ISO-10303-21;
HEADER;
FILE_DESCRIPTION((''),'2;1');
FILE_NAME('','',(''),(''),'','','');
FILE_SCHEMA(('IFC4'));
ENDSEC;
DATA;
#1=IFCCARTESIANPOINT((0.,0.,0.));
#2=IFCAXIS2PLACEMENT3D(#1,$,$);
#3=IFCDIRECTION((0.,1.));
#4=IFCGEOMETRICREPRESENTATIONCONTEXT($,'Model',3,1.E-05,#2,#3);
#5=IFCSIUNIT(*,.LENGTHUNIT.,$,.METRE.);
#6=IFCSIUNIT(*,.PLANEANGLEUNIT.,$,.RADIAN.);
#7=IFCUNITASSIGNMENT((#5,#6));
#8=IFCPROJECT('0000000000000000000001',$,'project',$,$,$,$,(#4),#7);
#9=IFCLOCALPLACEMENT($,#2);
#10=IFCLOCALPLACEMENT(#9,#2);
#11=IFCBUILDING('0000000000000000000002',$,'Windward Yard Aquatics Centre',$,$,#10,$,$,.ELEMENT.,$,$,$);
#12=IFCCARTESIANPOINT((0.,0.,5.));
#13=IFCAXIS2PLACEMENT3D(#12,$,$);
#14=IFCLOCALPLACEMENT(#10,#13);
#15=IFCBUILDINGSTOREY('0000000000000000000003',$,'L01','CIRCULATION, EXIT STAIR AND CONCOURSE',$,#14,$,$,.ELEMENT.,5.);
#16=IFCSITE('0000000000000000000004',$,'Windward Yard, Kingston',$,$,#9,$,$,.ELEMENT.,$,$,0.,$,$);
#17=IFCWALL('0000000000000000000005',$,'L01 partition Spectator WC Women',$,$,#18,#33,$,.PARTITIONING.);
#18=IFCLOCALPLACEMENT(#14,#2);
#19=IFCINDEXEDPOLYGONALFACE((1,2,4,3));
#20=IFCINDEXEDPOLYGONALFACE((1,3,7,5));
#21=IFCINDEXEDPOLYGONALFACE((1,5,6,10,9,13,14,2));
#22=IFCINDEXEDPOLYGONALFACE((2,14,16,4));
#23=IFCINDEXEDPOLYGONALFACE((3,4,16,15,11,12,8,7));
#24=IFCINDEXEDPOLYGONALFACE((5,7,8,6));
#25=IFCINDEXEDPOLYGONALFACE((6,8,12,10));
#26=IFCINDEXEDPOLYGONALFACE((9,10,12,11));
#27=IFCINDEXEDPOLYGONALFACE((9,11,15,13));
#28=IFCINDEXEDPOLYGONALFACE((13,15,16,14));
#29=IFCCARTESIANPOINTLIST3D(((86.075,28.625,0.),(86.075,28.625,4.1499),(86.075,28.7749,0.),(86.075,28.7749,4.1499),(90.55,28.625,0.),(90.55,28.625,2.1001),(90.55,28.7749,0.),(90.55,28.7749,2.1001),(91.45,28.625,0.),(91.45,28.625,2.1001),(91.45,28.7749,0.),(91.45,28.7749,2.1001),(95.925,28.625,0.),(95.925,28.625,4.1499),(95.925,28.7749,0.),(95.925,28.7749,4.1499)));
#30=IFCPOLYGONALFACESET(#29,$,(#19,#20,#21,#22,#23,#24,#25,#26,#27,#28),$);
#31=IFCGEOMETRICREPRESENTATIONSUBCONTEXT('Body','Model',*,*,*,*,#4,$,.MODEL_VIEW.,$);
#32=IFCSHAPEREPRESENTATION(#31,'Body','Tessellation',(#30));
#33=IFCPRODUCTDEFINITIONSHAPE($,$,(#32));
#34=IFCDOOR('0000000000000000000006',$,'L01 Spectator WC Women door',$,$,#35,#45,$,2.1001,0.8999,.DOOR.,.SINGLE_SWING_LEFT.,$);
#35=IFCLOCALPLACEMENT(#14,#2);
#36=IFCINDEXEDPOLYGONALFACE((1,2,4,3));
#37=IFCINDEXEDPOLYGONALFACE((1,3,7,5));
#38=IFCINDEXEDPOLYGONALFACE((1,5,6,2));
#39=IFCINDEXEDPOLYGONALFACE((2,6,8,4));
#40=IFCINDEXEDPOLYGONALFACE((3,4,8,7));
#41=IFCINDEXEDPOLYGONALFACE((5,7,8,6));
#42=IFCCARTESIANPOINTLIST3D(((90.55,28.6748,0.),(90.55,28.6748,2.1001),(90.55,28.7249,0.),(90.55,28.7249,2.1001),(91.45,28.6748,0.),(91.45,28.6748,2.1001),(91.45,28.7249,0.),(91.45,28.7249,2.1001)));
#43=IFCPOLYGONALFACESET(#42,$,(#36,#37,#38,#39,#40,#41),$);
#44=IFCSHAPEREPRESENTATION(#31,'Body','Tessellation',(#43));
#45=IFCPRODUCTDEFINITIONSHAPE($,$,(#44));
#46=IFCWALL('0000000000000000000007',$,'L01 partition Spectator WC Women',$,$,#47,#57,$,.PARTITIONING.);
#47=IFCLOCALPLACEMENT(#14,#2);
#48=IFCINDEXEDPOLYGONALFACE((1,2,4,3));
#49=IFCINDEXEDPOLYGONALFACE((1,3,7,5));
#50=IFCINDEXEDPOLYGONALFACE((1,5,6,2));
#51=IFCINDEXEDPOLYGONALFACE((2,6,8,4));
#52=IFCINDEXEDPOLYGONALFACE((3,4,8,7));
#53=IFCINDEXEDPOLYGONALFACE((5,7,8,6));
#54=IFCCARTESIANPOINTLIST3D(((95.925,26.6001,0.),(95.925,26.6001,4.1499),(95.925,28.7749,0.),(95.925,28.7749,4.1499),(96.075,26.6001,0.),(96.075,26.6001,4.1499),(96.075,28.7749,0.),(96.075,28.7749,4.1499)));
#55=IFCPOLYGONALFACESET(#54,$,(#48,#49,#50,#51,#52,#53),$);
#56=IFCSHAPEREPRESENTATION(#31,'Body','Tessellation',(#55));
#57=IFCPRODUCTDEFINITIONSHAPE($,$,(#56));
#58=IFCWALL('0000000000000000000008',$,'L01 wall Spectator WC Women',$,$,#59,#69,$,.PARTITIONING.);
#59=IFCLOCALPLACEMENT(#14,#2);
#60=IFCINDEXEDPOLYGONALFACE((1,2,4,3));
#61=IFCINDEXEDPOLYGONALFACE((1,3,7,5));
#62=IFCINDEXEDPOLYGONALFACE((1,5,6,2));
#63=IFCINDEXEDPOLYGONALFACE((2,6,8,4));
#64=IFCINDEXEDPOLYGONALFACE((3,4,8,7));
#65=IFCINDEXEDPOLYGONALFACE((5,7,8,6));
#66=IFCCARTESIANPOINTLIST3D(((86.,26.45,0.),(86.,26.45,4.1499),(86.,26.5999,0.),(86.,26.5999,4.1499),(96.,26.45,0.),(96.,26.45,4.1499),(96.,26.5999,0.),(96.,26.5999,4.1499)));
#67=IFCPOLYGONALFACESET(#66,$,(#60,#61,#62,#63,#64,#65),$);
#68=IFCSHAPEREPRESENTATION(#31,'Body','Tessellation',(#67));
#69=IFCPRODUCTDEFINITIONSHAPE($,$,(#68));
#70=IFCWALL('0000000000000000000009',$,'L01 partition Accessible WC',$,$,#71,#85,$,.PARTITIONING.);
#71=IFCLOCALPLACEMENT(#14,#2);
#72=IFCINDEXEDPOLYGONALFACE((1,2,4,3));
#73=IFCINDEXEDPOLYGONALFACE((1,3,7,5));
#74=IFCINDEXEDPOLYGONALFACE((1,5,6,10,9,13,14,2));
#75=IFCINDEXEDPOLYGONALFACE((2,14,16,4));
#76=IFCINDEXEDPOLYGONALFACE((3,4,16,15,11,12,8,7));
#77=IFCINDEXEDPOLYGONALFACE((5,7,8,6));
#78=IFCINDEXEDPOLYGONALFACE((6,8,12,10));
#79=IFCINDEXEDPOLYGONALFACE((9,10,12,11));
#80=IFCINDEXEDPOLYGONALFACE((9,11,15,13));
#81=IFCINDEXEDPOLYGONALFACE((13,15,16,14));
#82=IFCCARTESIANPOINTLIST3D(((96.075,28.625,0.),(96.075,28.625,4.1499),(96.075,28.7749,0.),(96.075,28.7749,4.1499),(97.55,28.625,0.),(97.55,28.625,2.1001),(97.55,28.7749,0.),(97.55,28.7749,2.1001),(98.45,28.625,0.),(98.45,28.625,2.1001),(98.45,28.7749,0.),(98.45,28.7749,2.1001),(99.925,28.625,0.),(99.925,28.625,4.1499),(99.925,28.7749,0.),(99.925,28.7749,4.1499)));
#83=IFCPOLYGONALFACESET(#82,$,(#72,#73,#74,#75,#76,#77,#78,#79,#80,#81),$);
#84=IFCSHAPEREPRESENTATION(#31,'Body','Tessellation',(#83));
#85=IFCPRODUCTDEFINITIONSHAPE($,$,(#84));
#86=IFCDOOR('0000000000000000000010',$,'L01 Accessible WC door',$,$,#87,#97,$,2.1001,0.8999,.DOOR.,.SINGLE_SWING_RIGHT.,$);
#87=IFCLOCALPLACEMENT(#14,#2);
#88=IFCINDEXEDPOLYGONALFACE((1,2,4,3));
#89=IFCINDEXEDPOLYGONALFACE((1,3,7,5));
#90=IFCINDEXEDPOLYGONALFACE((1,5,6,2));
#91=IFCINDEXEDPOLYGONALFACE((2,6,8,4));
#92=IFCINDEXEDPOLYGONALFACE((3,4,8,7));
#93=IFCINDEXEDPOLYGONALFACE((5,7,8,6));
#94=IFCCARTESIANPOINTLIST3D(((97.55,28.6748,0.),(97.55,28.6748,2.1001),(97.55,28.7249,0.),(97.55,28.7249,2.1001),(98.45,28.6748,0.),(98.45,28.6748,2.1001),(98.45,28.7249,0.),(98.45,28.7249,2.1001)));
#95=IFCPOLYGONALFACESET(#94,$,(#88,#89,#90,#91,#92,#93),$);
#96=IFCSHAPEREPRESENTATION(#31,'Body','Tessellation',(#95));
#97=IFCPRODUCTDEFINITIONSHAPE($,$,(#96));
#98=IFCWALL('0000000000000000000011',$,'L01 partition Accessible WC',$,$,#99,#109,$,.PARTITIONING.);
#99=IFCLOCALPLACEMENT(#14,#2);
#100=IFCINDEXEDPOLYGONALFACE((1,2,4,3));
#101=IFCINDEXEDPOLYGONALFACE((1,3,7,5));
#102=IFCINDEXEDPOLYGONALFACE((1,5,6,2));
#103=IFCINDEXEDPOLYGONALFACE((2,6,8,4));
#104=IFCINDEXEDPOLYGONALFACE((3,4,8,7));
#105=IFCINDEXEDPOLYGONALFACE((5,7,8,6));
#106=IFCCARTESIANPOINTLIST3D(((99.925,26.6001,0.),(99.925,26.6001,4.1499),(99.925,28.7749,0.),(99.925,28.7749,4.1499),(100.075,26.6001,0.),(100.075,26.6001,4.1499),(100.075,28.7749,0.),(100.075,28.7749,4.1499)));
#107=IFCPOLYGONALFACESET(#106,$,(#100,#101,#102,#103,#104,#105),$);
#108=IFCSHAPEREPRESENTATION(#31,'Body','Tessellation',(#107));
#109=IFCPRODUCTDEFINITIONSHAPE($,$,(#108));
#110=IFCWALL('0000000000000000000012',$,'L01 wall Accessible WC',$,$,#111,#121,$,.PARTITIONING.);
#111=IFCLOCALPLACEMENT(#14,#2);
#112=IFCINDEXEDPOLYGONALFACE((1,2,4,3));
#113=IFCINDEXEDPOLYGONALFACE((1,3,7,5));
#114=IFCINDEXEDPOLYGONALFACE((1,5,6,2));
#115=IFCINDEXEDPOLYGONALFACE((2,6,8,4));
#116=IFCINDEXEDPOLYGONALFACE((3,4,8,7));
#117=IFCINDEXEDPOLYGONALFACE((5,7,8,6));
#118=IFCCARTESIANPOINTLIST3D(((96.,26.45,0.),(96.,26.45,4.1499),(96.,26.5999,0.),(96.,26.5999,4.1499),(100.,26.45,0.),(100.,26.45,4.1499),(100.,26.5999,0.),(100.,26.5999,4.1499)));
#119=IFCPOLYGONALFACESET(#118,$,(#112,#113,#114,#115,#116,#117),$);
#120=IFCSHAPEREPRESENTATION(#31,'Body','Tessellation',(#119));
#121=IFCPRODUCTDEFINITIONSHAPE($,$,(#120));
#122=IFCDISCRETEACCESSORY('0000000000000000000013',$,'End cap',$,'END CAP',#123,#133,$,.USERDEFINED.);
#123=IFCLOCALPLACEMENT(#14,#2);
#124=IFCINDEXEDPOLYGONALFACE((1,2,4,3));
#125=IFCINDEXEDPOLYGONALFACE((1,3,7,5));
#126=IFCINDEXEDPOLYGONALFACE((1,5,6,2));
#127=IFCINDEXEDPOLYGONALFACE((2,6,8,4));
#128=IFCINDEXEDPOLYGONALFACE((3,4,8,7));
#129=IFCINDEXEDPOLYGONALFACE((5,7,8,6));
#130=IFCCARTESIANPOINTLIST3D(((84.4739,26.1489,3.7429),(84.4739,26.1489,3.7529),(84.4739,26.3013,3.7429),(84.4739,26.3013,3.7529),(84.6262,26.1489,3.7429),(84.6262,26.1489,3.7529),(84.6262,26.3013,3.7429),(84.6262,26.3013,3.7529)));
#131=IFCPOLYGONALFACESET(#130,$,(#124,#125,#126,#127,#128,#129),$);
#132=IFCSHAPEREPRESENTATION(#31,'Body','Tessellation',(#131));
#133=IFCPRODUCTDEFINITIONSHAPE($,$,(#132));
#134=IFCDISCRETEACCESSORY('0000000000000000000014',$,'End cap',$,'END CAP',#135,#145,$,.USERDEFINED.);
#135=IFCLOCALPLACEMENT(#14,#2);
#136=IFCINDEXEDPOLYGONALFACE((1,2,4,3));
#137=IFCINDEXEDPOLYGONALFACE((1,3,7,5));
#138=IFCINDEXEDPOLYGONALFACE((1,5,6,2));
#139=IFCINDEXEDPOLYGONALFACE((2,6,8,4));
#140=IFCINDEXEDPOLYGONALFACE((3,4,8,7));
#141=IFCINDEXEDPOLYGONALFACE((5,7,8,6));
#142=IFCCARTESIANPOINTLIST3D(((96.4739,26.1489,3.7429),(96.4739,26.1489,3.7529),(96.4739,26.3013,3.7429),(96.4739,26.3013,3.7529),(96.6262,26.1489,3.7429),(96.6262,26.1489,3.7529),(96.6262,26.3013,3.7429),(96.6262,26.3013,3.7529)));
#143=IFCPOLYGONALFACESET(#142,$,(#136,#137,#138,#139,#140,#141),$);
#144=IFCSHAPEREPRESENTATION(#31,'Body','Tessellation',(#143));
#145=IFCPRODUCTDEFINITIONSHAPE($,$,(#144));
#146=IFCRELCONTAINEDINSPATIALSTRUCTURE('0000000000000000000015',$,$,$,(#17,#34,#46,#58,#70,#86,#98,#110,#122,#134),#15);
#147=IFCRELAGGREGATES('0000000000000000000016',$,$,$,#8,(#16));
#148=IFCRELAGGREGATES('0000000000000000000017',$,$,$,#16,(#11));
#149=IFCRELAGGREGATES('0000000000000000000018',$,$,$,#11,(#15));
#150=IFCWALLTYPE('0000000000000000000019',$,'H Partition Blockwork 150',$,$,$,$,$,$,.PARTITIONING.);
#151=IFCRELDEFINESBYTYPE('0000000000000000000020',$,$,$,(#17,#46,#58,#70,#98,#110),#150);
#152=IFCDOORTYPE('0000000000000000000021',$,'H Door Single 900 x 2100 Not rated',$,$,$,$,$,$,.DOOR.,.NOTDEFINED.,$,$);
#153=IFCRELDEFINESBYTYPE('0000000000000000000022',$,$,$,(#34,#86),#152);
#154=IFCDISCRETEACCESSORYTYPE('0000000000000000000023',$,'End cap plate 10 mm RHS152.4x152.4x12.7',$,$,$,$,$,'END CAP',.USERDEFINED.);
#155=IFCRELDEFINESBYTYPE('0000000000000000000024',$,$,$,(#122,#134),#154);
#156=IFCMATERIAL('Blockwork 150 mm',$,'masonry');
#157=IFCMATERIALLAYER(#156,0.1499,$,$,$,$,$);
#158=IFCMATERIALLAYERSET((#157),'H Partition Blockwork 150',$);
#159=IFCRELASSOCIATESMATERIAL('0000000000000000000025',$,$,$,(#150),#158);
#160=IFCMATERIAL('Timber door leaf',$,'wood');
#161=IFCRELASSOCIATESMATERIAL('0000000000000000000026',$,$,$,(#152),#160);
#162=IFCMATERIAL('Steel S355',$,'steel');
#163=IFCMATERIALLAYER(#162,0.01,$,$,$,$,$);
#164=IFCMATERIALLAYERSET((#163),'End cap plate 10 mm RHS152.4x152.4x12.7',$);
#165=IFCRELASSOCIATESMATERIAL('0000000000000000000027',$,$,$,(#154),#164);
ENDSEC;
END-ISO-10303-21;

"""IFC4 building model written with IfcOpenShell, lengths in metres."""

from ifc_helpers import new_model, si_unit, direction, frame, frame_2d, origin, origin_2d, place, context, subcontext, project, spatial, rectangle, extrude, material, layer, layer_set, type_object, element, fill, save


model = new_model("IFC4")

# Units and contexts
model_context = context("Model", 3, precision=1e-05, world=origin(), true_north=direction((0.0, 1.0)))
body_context = subcontext(model_context, "Body", "Model", "MODEL_VIEW")
ifc_project = project(units=[si_unit("LENGTHUNIT", "METRE"), si_unit("PLANEANGLEUNIT", "RADIAN")], contexts=[model_context])

# Site, building, storey
site_placement = place(None, origin())
site = spatial("IfcSite", under=ifc_project, at=site_placement, Name="Windward Yard, Kingston", CompositionType="ELEMENT", RefElevation=0.0)
building_placement = place(site_placement, origin())
building = spatial("IfcBuilding", under=site, at=building_placement, Name="Windward Yard Aquatics Centre", CompositionType="ELEMENT")
storey_placement = place(building_placement, frame((0.0, 0.0, 5.0)))
storey = spatial("IfcBuildingStorey", under=building, at=storey_placement, Name="L01", Description="CIRCULATION, EXIT STAIR AND CONCOURSE", CompositionType="ELEMENT", Elevation=5.0)

# Shared definitions
ifc_material_1 = material(Name="Blockwork 150 mm", Category="masonry")
ifc_layer_1 = layer(ifc_material_1, 0.1499)
ifc_layer_set_1 = layer_set([ifc_layer_1], Name="H Partition Blockwork 150")
wall_type = type_object("IfcWallType", Name="H Partition Blockwork 150", PredefinedType="PARTITIONING", material=ifc_layer_set_1)
ifc_material_2 = material(Name="Timber door leaf", Category="wood")
door_type = type_object("IfcDoorType", Name="H Door Single 900 x 2100 Not rated", OperationType="NOTDEFINED", PredefinedType="DOOR", material=ifc_material_2)

# Wall, opening, door
wall_1_placement = place(storey_placement, frame((86.075, 28.7, 0.0), z_axis=(0.0, 0.0, 1.0), x_axis=(1.0, 0.0, 0.0)))
wall_1 = element("IfcWall", 1, at=wall_1_placement, inside=storey, type_object=wall_type, Name="L01 partition Spectator WC Women", PredefinedType="PARTITIONING", context=body_context, shape_type="SweptSolid", body=[
    extrude(rectangle(XDim=9.8501, YDim=0.1499, at=frame_2d((4.925, 0.0))), origin(), (0.0, 0.0, 1.0), 4.1499),
])
opening_1_placement = place(wall_1_placement, frame((4.4751, 0.0, 0.0)))
opening_1 = element("IfcOpeningElement", 2, at=opening_1_placement, cuts=wall_1, PredefinedType="OPENING", context=body_context, shape_type="SweptSolid", body=[
    extrude(rectangle(XDim=0.8999, YDim=2.1001, at=frame_2d((0.45, 1.05))), frame((0.0, 0.085, 0.0), z_axis=(0.0, -1.0, 0.0), x_axis=(1.0, 0.0, 0.0)), (0.0, 0.0, 1.0), 0.1699),
])
door_1_placement = place(opening_1_placement, origin())
door_1 = element("IfcDoor", 3, at=door_1_placement, inside=storey, type_object=door_type, Name="L01 Spectator WC Women door", OperationType="SINGLE_SWING_LEFT", OverallHeight=2.1001, OverallWidth=0.8999, PredefinedType="DOOR", context=body_context, shape_type="SweptSolid", body=[
    extrude(rectangle(XDim=0.8999, YDim=2.1001, at=frame_2d((0.45, 1.05))), frame((0.0, 0.0249, 0.0), z_axis=(0.0, -1.0, 0.0), x_axis=(1.0, 0.0, 0.0)), (0.0, 0.0, 1.0), 0.05),
])
fill(opening_1, door_1)

# Walls
wall_2_placement = place(storey_placement, frame((96.0, 26.6001, 0.0), z_axis=(0.0, 0.0, 1.0), x_axis=(0.0, 1.0, 0.0)))
element("IfcWall", 4, at=wall_2_placement, inside=storey, type_object=wall_type, Name="L01 partition Spectator WC Women", PredefinedType="PARTITIONING", context=body_context, shape_type="SweptSolid", body=[
    extrude(rectangle(XDim=2.1748, YDim=0.1499, at=frame_2d((1.0874, 0.0))), origin(), (0.0, 0.0, 1.0), 4.1499),
])
wall_3_placement = place(storey_placement, frame((86.0, 26.5249, 0.0), z_axis=(0.0, 0.0, 1.0), x_axis=(1.0, 0.0, 0.0)))
element("IfcWall", 5, at=wall_3_placement, inside=storey, type_object=wall_type, Name="L01 wall Spectator WC Women", PredefinedType="PARTITIONING", context=body_context, shape_type="SweptSolid", body=[
    extrude(rectangle(XDim=10.0, YDim=0.1499, at=frame_2d((5.0, 0.0))), origin(), (0.0, 0.0, 1.0), 4.1499),
])

# Wall, opening, door
wall_4_placement = place(storey_placement, frame((96.075, 28.7, 0.0), z_axis=(0.0, 0.0, 1.0), x_axis=(1.0, 0.0, 0.0)))
wall_4 = element("IfcWall", 6, at=wall_4_placement, inside=storey, type_object=wall_type, Name="L01 partition Accessible WC", PredefinedType="PARTITIONING", context=body_context, shape_type="SweptSolid", body=[
    extrude(rectangle(XDim=3.8501, YDim=0.1499, at=frame_2d((1.925, 0.0))), origin(), (0.0, 0.0, 1.0), 4.1499),
])
opening_2_placement = place(wall_4_placement, frame((1.4751, 0.0, 0.0)))
opening_2 = element("IfcOpeningElement", 7, at=opening_2_placement, cuts=wall_4, PredefinedType="OPENING", context=body_context, shape_type="SweptSolid", body=[
    extrude(rectangle(XDim=0.8999, YDim=2.1001, at=frame_2d((0.45, 1.05))), frame((0.0, 0.085, 0.0), z_axis=(0.0, -1.0, 0.0), x_axis=(1.0, 0.0, 0.0)), (0.0, 0.0, 1.0), 0.1699),
])
door_2_placement = place(opening_2_placement, origin())
door_2 = element("IfcDoor", 8, at=door_2_placement, inside=storey, type_object=door_type, Name="L01 Accessible WC door", OperationType="SINGLE_SWING_RIGHT", OverallHeight=2.1001, OverallWidth=0.8999, PredefinedType="DOOR", context=body_context, shape_type="SweptSolid", body=[
    extrude(rectangle(XDim=0.8999, YDim=2.1001, at=frame_2d((0.45, 1.05))), frame((0.0, 0.0249, 0.0), z_axis=(0.0, -1.0, 0.0), x_axis=(1.0, 0.0, 0.0)), (0.0, 0.0, 1.0), 0.05),
])
fill(opening_2, door_2)

# Walls
wall_5_placement = place(storey_placement, frame((100.0, 26.6001, 0.0), z_axis=(0.0, 0.0, 1.0), x_axis=(0.0, 1.0, 0.0)))
element("IfcWall", 9, at=wall_5_placement, inside=storey, type_object=wall_type, Name="L01 partition Accessible WC", PredefinedType="PARTITIONING", context=body_context, shape_type="SweptSolid", body=[
    extrude(rectangle(XDim=2.1748, YDim=0.1499, at=frame_2d((1.0874, 0.0))), origin(), (0.0, 0.0, 1.0), 4.1499),
])
wall_6_placement = place(storey_placement, frame((96.0, 26.5249, 0.0), z_axis=(0.0, 0.0, 1.0), x_axis=(1.0, 0.0, 0.0)))
element("IfcWall", 10, at=wall_6_placement, inside=storey, type_object=wall_type, Name="L01 wall Accessible WC", PredefinedType="PARTITIONING", context=body_context, shape_type="SweptSolid", body=[
    extrude(rectangle(XDim=4.0, YDim=0.1499, at=frame_2d((2.0, 0.0))), origin(), (0.0, 0.0, 1.0), 4.1499),
])

# Discrete accessories
ifc_material_3 = material(Name="Steel S355", Category="steel")
ifc_layer_2 = layer(ifc_material_3, 0.01)
ifc_layer_set_2 = layer_set([ifc_layer_2], Name="End cap plate 10 mm RHS152.4x152.4x12.7")
discrete_accessory_type = type_object("IfcDiscreteAccessoryType", Name="End cap plate 10 mm RHS152.4x152.4x12.7", ElementType="END CAP", PredefinedType="USERDEFINED", material=ifc_layer_set_2)
for number, where, z_axis, x_axis, name in (
    (11, (84.55, 26.2251, 3.7429), (0.0, 0.0, 1.0), (1.0, 0.0, 0.0), "End cap"),
    (12, (96.55, 26.2251, 3.7429), (0.0, 0.0, 1.0), (1.0, 0.0, 0.0), "End cap"),
):
    element("IfcDiscreteAccessory", number, at=place(storey_placement, frame(where, z_axis=z_axis, x_axis=x_axis)), inside=storey, type_object=discrete_accessory_type, Name=name, ObjectType="END CAP", PredefinedType="USERDEFINED", context=body_context, shape_type="SweptSolid", body=[
        extrude(rectangle(XDim=0.1523, YDim=0.1523, at=origin_2d()), origin(), (0.0, 0.0, 1.0), 0.01),
    ])

save(model, "model.ifc")
